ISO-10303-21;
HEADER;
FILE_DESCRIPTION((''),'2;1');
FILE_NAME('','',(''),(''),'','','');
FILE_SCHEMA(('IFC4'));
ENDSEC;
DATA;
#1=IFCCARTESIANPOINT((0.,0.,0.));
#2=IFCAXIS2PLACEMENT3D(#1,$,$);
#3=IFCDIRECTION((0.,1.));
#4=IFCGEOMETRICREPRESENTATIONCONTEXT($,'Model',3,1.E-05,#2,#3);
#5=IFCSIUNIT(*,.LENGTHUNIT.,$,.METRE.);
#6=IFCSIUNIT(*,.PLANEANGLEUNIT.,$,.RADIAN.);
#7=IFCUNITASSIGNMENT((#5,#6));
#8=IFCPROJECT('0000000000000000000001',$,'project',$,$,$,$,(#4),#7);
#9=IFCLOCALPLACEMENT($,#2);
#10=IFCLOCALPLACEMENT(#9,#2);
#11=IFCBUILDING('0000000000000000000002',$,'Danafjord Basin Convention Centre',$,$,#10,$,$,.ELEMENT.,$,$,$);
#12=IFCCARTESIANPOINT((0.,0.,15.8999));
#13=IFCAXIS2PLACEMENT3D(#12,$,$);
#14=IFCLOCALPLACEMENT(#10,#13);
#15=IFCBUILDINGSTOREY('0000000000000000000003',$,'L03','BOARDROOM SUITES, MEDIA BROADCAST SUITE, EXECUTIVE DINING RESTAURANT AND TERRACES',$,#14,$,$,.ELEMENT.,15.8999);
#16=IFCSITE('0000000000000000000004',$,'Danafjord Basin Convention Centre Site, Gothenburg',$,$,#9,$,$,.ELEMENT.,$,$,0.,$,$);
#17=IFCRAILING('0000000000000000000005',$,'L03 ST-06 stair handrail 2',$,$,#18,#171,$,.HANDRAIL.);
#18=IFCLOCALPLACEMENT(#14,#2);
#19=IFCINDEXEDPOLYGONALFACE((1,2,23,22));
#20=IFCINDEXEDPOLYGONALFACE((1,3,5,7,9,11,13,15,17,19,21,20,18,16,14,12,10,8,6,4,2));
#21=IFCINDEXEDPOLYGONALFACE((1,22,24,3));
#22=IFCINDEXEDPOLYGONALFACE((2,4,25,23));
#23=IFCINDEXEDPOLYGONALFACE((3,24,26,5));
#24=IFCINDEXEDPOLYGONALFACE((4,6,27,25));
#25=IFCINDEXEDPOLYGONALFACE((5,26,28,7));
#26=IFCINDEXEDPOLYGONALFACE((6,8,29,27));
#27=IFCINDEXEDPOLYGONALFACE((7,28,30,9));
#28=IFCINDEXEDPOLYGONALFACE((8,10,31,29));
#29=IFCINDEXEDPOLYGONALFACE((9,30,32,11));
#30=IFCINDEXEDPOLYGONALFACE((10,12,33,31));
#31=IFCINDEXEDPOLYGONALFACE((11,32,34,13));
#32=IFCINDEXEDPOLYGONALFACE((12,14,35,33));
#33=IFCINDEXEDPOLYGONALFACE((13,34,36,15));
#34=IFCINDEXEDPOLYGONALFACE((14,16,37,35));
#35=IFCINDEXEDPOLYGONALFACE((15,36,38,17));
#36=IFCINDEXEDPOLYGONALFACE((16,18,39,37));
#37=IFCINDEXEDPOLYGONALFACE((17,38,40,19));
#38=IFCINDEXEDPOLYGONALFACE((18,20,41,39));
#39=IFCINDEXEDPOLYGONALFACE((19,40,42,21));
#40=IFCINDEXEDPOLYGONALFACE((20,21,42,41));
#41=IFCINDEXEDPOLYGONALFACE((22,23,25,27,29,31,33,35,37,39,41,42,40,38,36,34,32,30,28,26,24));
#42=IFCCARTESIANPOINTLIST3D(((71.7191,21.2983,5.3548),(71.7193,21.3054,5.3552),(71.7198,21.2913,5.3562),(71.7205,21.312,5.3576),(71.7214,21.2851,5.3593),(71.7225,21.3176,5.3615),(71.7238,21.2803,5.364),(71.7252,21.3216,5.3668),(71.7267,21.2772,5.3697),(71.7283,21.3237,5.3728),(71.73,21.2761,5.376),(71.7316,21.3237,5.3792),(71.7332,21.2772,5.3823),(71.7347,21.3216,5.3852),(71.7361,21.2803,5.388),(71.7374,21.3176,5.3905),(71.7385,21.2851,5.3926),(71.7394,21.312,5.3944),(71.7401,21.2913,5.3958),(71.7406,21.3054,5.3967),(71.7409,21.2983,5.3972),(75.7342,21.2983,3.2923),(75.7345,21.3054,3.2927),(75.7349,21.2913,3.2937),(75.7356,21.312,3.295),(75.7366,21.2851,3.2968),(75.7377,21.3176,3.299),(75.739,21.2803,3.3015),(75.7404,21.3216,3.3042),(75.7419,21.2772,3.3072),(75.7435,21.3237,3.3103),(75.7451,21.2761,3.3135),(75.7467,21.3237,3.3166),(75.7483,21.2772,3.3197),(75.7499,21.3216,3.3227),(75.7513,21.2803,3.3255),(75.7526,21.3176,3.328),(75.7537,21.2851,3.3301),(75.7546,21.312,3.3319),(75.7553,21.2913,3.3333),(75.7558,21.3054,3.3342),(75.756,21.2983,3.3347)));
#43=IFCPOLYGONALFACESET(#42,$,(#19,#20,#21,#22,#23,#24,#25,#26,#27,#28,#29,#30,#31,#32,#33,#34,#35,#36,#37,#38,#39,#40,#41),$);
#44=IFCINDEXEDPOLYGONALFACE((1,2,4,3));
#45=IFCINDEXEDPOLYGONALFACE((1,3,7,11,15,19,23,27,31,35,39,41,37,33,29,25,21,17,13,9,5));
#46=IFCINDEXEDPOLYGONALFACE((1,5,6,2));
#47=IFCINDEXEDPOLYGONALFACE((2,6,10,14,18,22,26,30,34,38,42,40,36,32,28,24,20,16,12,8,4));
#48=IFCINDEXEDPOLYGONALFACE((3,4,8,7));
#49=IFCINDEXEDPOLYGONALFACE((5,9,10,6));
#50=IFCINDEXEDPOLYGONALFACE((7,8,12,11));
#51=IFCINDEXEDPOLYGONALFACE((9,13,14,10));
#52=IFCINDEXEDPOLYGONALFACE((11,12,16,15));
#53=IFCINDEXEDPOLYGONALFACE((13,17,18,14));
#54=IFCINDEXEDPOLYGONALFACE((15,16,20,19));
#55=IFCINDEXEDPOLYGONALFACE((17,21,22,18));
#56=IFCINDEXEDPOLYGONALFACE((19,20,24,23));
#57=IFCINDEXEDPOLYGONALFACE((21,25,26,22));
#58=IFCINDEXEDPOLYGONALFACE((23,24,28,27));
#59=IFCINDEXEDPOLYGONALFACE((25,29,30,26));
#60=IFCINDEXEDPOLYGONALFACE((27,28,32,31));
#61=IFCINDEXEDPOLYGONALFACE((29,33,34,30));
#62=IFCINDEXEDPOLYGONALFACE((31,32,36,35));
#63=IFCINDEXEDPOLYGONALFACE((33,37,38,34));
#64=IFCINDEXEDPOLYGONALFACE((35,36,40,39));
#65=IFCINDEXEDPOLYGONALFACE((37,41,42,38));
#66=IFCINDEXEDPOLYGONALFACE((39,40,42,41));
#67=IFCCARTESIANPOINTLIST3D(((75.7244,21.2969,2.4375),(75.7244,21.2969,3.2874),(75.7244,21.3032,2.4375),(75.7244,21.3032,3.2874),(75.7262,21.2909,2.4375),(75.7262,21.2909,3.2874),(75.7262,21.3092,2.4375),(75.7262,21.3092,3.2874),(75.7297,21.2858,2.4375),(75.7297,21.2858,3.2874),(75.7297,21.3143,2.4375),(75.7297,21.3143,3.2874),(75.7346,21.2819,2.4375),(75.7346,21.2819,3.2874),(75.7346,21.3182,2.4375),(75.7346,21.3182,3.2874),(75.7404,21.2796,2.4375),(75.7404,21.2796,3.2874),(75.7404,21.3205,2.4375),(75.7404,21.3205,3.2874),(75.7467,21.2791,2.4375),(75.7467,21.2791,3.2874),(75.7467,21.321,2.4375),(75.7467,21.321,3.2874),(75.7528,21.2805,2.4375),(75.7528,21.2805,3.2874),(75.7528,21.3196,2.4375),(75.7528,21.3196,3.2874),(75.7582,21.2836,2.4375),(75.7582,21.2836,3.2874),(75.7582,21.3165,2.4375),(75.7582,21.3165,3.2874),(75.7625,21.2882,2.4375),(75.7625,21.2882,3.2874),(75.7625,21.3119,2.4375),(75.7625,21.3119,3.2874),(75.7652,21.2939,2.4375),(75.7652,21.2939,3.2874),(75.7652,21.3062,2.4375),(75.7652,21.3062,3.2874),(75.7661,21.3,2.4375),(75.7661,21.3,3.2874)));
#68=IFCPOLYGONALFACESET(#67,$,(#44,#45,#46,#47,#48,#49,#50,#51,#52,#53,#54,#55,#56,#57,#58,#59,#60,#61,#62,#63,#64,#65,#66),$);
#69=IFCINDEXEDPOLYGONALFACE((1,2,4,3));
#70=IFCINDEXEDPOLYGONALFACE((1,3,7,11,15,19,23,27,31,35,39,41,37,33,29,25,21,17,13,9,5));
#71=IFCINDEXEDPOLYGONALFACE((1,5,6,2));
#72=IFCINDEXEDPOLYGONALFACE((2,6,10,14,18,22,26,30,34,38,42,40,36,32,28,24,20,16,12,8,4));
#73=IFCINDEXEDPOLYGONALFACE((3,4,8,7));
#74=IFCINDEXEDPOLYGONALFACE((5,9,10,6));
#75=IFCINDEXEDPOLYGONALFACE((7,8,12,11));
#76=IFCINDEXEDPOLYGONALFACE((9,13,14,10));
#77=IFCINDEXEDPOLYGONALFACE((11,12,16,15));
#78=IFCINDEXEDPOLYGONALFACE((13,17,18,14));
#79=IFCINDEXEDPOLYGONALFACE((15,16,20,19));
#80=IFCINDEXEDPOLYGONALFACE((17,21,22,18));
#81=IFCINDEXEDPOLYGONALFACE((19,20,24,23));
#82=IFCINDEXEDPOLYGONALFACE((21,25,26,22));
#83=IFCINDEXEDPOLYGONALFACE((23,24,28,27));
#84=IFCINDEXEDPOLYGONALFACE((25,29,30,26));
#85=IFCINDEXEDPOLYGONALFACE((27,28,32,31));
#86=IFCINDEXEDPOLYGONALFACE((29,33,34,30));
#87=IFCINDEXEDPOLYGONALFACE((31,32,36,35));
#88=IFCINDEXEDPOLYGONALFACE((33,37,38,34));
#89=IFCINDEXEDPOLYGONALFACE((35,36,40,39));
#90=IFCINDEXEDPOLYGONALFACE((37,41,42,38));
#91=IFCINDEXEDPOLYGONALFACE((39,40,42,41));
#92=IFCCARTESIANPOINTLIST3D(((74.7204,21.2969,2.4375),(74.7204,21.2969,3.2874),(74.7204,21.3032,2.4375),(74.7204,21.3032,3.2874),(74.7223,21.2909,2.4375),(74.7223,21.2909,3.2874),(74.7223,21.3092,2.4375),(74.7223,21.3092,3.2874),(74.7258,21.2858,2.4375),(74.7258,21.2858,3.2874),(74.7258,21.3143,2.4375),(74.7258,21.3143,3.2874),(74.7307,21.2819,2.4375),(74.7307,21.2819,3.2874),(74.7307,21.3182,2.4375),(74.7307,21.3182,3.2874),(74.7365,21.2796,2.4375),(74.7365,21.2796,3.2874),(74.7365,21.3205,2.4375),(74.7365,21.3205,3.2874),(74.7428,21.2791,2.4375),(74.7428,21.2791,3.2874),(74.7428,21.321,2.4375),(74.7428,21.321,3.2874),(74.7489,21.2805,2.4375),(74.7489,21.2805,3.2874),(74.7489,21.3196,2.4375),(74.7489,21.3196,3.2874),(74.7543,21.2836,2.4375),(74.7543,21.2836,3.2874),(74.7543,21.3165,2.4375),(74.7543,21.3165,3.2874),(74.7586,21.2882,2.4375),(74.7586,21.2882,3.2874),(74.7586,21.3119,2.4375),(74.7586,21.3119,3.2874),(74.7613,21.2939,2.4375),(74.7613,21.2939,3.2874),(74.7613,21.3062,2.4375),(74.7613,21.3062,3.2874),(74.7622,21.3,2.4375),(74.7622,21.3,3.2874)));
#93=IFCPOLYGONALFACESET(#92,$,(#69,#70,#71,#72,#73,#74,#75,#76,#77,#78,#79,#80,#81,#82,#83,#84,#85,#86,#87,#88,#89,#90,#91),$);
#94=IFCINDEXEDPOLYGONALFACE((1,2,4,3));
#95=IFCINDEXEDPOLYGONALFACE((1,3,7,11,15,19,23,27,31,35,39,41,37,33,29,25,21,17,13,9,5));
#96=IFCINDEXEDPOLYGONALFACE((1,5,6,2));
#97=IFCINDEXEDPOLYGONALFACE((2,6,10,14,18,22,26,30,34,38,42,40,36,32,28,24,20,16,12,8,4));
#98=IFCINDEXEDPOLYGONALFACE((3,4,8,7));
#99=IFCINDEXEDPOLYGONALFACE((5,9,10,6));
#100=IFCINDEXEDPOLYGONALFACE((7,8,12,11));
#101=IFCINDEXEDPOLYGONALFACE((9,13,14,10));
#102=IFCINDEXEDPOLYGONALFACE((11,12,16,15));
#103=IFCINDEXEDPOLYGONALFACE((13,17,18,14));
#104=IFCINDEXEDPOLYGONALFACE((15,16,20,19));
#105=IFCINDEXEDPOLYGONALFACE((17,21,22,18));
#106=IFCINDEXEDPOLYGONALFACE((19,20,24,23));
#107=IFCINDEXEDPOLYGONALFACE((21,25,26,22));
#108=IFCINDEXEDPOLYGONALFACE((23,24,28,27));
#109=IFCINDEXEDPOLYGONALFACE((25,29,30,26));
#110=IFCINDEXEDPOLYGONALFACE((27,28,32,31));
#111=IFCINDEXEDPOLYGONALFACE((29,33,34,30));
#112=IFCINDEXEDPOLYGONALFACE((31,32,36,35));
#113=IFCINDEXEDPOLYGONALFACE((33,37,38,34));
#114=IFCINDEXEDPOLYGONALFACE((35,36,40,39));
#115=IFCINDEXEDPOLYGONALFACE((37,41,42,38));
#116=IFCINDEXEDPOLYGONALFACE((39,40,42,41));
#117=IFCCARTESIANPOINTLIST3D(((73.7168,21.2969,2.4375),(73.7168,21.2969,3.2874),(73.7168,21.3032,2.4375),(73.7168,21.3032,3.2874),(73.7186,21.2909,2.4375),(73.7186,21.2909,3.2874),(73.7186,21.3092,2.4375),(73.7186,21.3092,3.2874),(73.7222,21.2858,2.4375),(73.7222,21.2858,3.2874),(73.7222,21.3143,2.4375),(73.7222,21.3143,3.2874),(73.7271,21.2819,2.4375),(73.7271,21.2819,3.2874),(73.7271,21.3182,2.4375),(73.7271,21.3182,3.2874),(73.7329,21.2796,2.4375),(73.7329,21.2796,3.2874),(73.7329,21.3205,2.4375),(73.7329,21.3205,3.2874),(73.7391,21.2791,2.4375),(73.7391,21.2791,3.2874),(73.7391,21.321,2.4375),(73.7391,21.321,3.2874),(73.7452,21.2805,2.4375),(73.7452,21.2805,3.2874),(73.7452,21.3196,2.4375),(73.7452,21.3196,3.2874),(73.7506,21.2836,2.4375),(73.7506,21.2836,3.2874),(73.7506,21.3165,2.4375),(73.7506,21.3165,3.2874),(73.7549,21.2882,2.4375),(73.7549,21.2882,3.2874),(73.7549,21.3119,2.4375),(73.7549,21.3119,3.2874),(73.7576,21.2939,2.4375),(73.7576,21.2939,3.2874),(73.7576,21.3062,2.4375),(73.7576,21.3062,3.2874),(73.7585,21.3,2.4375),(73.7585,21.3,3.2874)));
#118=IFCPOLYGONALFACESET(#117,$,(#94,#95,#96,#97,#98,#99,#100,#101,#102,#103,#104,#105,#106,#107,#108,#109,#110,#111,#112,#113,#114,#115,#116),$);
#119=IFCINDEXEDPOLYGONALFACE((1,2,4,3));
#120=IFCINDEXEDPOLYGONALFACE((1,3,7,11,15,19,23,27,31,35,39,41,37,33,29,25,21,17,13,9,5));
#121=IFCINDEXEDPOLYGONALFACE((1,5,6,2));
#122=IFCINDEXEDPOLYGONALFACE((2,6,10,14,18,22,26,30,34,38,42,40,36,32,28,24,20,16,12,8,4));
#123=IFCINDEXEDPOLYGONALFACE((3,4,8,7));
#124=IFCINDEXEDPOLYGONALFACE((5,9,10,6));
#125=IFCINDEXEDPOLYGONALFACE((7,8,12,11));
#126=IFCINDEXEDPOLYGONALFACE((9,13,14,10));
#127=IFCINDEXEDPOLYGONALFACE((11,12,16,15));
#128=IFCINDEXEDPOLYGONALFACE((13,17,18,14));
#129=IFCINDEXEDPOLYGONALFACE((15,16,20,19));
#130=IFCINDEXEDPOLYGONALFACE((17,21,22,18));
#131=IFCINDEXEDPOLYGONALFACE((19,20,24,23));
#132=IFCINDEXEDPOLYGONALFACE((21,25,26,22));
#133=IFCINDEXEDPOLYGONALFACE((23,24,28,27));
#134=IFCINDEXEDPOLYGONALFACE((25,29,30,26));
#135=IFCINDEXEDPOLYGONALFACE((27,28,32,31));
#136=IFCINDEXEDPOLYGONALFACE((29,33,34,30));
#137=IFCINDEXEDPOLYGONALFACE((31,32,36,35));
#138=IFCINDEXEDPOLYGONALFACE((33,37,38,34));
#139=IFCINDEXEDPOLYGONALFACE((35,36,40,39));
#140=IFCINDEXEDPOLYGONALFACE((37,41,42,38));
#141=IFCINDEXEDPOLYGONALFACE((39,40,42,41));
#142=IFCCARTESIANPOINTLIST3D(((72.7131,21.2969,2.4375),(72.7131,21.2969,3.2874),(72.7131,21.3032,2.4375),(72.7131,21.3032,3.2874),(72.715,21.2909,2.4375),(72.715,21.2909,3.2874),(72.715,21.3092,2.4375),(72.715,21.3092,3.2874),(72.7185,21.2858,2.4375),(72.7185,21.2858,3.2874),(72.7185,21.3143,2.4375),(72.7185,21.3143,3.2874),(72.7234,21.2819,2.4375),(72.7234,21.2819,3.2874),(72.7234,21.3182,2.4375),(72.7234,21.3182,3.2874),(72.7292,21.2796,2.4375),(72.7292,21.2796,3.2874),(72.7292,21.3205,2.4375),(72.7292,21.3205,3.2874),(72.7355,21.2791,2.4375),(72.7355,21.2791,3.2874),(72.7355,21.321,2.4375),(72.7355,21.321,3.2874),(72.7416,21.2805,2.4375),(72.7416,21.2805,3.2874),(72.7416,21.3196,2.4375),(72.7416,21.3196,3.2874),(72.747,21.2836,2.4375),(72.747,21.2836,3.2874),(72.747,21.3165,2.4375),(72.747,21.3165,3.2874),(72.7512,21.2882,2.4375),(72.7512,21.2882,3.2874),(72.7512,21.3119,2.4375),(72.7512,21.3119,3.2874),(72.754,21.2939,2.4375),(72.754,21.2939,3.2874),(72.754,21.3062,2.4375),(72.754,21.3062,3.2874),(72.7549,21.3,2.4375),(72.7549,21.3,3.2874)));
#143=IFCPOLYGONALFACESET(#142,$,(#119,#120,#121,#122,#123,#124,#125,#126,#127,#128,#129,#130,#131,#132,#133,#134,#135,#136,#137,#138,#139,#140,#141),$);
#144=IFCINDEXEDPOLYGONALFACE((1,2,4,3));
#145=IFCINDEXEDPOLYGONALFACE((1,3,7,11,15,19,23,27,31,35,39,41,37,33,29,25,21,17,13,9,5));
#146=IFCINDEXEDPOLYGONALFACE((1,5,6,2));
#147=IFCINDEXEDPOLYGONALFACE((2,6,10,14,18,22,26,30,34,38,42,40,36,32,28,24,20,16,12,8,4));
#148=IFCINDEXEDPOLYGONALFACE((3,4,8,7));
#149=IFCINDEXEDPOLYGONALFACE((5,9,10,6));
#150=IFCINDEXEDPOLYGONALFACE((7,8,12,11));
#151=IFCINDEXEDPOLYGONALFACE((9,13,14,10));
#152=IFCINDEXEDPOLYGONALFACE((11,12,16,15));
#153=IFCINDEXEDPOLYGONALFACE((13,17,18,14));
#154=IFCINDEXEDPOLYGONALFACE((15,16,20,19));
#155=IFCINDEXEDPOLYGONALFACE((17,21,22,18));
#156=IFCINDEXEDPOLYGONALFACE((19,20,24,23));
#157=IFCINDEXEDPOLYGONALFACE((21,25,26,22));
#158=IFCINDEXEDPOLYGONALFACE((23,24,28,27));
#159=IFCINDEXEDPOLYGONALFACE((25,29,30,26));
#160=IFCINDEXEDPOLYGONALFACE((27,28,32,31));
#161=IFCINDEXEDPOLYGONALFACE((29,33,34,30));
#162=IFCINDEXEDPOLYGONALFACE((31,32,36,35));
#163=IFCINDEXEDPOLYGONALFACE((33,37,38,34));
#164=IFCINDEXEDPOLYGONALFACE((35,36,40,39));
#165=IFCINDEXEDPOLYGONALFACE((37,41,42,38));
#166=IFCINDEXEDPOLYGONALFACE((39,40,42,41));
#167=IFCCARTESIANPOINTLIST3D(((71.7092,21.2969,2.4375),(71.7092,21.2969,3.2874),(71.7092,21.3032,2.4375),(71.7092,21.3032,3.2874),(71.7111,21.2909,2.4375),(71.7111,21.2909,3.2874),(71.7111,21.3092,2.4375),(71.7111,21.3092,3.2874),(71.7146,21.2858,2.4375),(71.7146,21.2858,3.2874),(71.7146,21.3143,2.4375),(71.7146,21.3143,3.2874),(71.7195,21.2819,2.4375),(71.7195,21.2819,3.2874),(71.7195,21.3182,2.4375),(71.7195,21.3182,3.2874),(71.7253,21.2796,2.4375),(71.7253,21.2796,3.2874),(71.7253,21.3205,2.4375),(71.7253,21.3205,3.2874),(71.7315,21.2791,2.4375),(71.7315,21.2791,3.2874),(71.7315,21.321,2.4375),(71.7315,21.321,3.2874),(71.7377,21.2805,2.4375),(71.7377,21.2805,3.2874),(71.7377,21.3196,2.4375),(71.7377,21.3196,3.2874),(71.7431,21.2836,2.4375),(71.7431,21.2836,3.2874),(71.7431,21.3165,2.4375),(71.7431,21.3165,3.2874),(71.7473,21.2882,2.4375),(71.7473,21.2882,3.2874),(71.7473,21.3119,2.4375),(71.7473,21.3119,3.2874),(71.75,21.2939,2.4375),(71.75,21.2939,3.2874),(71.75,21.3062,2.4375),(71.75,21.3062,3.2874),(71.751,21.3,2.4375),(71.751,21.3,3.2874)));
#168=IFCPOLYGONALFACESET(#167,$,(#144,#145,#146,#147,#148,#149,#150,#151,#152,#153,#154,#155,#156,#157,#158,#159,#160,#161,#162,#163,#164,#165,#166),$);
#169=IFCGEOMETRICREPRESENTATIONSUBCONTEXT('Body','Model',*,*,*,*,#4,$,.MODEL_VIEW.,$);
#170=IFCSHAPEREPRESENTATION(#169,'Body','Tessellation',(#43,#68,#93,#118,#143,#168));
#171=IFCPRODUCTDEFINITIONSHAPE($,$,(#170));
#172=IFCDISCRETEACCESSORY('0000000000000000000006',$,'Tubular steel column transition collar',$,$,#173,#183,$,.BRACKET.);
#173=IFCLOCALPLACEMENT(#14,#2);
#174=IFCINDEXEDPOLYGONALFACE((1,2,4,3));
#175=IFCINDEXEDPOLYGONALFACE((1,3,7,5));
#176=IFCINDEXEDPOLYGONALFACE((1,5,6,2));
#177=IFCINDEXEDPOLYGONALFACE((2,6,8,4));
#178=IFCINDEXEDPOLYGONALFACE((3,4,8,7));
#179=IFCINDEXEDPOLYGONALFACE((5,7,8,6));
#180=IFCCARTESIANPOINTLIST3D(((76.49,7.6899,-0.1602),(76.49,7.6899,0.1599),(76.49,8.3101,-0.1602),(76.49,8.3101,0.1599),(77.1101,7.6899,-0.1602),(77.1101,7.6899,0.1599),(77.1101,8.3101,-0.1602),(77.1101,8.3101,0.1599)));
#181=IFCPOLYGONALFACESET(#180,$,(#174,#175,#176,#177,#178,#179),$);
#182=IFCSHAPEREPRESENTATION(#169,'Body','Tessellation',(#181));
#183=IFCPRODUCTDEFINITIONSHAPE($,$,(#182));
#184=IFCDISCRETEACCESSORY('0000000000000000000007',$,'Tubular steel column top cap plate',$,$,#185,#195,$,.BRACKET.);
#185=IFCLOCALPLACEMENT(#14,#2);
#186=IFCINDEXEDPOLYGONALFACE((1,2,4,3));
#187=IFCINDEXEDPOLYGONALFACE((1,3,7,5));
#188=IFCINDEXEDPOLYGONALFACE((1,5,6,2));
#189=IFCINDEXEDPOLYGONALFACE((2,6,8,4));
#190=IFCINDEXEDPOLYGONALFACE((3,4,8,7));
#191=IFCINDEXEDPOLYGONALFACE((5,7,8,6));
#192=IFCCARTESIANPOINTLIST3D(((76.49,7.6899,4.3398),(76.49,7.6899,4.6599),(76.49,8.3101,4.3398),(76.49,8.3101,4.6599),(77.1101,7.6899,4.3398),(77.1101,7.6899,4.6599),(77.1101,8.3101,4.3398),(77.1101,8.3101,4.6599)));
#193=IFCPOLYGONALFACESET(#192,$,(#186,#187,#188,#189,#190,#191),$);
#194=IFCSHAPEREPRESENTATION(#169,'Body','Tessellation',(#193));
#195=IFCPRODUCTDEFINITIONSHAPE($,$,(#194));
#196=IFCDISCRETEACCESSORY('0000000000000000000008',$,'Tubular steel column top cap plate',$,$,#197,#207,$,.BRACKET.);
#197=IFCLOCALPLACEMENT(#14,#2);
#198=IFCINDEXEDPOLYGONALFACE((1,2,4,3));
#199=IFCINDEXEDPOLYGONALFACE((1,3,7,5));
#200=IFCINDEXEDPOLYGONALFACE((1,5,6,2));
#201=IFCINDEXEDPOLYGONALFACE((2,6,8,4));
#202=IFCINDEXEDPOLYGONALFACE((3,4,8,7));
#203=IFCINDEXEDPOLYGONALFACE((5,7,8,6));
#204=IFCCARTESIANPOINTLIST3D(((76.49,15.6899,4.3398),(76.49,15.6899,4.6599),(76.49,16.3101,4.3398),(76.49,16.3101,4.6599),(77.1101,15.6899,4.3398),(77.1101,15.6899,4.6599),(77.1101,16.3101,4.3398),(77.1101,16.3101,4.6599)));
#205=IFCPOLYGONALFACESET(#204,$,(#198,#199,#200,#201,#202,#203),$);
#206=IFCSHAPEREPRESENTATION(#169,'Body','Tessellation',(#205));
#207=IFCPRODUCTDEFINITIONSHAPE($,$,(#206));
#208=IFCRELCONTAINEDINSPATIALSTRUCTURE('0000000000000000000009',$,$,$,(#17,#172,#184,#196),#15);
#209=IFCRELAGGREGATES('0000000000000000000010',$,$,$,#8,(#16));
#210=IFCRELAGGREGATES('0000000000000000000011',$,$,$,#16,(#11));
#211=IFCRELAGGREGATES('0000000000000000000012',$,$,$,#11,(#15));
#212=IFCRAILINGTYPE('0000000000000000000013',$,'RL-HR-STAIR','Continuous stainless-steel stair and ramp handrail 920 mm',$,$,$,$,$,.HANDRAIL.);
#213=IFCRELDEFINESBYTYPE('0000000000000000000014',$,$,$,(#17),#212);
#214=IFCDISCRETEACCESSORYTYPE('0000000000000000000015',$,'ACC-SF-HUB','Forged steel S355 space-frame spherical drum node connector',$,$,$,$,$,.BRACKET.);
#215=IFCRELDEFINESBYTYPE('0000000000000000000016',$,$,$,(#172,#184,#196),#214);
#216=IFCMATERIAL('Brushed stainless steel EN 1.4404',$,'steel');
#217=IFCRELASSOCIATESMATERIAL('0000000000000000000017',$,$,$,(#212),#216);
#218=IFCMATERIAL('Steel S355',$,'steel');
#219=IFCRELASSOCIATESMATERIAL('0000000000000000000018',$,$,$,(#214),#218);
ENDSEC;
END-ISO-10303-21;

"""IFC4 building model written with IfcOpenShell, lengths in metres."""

from ifc_helpers import new_model, si_unit, direction, frame, origin, origin_2d, place, context, subcontext, project, spatial, rectangle, circle, extrude, material, type_object, element, save


model = new_model("IFC4")

# Units and contexts
model_context = context("Model", 3, precision=1e-05, world=origin(), true_north=direction((0.0, 1.0)))
body_context = subcontext(model_context, "Body", "Model", "MODEL_VIEW")
ifc_project = project(units=[si_unit("LENGTHUNIT", "METRE"), si_unit("PLANEANGLEUNIT", "RADIAN")], contexts=[model_context])

# Site, building, storey
site_placement = place(None, origin())
site = spatial("IfcSite", under=ifc_project, at=site_placement, Name="Danafjord Basin Convention Centre Site, Gothenburg", CompositionType="ELEMENT", RefElevation=0.0)
building_placement = place(site_placement, origin())
building = spatial("IfcBuilding", under=site, at=building_placement, Name="Danafjord Basin Convention Centre", CompositionType="ELEMENT")
storey_placement = place(building_placement, frame((0.0, 0.0, 15.8999)))
storey = spatial("IfcBuildingStorey", under=building, at=storey_placement, Name="L03", Description="BOARDROOM SUITES, MEDIA BROADCAST SUITE, EXECUTIVE DINING RESTAURANT AND TERRACES", CompositionType="ELEMENT", Elevation=15.8999)

# Shared definitions
ifc_material_1 = material(Name="Steel S355", Category="steel")

# Railing
ifc_material_2 = material(Name="Brushed stainless steel EN 1.4404", Category="steel")
railing_type_1 = type_object("IfcRailingType", Name="RL-HR-STAIR", Description="Continuous stainless-steel stair and ramp handrail 920 mm", PredefinedType="HANDRAIL", material=ifc_material_2)
railing_1_placement = place(storey_placement, frame((75.7451, 21.3, 2.4375)))
element("IfcRailing", 1, at=railing_1_placement, inside=storey, type_object=railing_type_1, Name="L03 ST-06 stair handrail 2", PredefinedType="HANDRAIL", context=body_context, shape_type="SweptSolid", body=[
    extrude(circle(Radius=0.0239, at=origin_2d()), frame((0.0, 0.0, 0.876), z_axis=(-0.889506, 0.0, 0.456923), x_axis=(0.0, -1.0, 0.0)), (0.0, 0.0, 1.0), 4.5139),
    extrude(circle(Radius=0.021, at=origin_2d()), origin(), (0.0, 0.0, 1.0), 0.8499),
    extrude(circle(Radius=0.021, at=origin_2d()), frame((-1.0039, 0.0, 0.0)), (0.0, 0.0, 1.0), 0.8499),
    extrude(circle(Radius=0.021, at=origin_2d()), frame((-2.0076, 0.0, 0.0)), (0.0, 0.0, 1.0), 0.8499),
    extrude(circle(Radius=0.021, at=origin_2d()), frame((-3.0112, 0.0, 0.0)), (0.0, 0.0, 1.0), 0.8499),
    extrude(circle(Radius=0.021, at=origin_2d()), frame((-4.0151, 0.0, 0.0)), (0.0, 0.0, 1.0), 0.8499),
])

# Discrete accessories
discrete_accessory_type = type_object("IfcDiscreteAccessoryType", Name="ACC-SF-HUB", Description="Forged steel S355 space-frame spherical drum node connector", PredefinedType="BRACKET", material=ifc_material_1)
for number, where, z_axis, x_axis, name in (
    (2, (76.8, 8.0, -0.1602), (0.0, 0.0, 1.0), (1.0, 0.0, 0.0), "Tubular steel column transition collar"),
    (3, (76.8, 8.0, 4.3398), (0.0, 0.0, 1.0), (1.0, 0.0, 0.0), "Tubular steel column top cap plate"),
    (4, (76.8, 16.0, 4.3398), (0.0, 0.0, 1.0), (1.0, 0.0, 0.0), "Tubular steel column top cap plate"),
):
    element("IfcDiscreteAccessory", number, at=place(storey_placement, frame(where, z_axis=z_axis, x_axis=x_axis)), inside=storey, type_object=discrete_accessory_type, Name=name, PredefinedType="BRACKET", context=body_context, shape_type="SweptSolid", body=[
        extrude(rectangle(XDim=0.6201, YDim=0.6201, at=origin_2d()), origin(), (0.0, 0.0, 1.0), 0.3201),
    ])

save(model, "model.ifc")
